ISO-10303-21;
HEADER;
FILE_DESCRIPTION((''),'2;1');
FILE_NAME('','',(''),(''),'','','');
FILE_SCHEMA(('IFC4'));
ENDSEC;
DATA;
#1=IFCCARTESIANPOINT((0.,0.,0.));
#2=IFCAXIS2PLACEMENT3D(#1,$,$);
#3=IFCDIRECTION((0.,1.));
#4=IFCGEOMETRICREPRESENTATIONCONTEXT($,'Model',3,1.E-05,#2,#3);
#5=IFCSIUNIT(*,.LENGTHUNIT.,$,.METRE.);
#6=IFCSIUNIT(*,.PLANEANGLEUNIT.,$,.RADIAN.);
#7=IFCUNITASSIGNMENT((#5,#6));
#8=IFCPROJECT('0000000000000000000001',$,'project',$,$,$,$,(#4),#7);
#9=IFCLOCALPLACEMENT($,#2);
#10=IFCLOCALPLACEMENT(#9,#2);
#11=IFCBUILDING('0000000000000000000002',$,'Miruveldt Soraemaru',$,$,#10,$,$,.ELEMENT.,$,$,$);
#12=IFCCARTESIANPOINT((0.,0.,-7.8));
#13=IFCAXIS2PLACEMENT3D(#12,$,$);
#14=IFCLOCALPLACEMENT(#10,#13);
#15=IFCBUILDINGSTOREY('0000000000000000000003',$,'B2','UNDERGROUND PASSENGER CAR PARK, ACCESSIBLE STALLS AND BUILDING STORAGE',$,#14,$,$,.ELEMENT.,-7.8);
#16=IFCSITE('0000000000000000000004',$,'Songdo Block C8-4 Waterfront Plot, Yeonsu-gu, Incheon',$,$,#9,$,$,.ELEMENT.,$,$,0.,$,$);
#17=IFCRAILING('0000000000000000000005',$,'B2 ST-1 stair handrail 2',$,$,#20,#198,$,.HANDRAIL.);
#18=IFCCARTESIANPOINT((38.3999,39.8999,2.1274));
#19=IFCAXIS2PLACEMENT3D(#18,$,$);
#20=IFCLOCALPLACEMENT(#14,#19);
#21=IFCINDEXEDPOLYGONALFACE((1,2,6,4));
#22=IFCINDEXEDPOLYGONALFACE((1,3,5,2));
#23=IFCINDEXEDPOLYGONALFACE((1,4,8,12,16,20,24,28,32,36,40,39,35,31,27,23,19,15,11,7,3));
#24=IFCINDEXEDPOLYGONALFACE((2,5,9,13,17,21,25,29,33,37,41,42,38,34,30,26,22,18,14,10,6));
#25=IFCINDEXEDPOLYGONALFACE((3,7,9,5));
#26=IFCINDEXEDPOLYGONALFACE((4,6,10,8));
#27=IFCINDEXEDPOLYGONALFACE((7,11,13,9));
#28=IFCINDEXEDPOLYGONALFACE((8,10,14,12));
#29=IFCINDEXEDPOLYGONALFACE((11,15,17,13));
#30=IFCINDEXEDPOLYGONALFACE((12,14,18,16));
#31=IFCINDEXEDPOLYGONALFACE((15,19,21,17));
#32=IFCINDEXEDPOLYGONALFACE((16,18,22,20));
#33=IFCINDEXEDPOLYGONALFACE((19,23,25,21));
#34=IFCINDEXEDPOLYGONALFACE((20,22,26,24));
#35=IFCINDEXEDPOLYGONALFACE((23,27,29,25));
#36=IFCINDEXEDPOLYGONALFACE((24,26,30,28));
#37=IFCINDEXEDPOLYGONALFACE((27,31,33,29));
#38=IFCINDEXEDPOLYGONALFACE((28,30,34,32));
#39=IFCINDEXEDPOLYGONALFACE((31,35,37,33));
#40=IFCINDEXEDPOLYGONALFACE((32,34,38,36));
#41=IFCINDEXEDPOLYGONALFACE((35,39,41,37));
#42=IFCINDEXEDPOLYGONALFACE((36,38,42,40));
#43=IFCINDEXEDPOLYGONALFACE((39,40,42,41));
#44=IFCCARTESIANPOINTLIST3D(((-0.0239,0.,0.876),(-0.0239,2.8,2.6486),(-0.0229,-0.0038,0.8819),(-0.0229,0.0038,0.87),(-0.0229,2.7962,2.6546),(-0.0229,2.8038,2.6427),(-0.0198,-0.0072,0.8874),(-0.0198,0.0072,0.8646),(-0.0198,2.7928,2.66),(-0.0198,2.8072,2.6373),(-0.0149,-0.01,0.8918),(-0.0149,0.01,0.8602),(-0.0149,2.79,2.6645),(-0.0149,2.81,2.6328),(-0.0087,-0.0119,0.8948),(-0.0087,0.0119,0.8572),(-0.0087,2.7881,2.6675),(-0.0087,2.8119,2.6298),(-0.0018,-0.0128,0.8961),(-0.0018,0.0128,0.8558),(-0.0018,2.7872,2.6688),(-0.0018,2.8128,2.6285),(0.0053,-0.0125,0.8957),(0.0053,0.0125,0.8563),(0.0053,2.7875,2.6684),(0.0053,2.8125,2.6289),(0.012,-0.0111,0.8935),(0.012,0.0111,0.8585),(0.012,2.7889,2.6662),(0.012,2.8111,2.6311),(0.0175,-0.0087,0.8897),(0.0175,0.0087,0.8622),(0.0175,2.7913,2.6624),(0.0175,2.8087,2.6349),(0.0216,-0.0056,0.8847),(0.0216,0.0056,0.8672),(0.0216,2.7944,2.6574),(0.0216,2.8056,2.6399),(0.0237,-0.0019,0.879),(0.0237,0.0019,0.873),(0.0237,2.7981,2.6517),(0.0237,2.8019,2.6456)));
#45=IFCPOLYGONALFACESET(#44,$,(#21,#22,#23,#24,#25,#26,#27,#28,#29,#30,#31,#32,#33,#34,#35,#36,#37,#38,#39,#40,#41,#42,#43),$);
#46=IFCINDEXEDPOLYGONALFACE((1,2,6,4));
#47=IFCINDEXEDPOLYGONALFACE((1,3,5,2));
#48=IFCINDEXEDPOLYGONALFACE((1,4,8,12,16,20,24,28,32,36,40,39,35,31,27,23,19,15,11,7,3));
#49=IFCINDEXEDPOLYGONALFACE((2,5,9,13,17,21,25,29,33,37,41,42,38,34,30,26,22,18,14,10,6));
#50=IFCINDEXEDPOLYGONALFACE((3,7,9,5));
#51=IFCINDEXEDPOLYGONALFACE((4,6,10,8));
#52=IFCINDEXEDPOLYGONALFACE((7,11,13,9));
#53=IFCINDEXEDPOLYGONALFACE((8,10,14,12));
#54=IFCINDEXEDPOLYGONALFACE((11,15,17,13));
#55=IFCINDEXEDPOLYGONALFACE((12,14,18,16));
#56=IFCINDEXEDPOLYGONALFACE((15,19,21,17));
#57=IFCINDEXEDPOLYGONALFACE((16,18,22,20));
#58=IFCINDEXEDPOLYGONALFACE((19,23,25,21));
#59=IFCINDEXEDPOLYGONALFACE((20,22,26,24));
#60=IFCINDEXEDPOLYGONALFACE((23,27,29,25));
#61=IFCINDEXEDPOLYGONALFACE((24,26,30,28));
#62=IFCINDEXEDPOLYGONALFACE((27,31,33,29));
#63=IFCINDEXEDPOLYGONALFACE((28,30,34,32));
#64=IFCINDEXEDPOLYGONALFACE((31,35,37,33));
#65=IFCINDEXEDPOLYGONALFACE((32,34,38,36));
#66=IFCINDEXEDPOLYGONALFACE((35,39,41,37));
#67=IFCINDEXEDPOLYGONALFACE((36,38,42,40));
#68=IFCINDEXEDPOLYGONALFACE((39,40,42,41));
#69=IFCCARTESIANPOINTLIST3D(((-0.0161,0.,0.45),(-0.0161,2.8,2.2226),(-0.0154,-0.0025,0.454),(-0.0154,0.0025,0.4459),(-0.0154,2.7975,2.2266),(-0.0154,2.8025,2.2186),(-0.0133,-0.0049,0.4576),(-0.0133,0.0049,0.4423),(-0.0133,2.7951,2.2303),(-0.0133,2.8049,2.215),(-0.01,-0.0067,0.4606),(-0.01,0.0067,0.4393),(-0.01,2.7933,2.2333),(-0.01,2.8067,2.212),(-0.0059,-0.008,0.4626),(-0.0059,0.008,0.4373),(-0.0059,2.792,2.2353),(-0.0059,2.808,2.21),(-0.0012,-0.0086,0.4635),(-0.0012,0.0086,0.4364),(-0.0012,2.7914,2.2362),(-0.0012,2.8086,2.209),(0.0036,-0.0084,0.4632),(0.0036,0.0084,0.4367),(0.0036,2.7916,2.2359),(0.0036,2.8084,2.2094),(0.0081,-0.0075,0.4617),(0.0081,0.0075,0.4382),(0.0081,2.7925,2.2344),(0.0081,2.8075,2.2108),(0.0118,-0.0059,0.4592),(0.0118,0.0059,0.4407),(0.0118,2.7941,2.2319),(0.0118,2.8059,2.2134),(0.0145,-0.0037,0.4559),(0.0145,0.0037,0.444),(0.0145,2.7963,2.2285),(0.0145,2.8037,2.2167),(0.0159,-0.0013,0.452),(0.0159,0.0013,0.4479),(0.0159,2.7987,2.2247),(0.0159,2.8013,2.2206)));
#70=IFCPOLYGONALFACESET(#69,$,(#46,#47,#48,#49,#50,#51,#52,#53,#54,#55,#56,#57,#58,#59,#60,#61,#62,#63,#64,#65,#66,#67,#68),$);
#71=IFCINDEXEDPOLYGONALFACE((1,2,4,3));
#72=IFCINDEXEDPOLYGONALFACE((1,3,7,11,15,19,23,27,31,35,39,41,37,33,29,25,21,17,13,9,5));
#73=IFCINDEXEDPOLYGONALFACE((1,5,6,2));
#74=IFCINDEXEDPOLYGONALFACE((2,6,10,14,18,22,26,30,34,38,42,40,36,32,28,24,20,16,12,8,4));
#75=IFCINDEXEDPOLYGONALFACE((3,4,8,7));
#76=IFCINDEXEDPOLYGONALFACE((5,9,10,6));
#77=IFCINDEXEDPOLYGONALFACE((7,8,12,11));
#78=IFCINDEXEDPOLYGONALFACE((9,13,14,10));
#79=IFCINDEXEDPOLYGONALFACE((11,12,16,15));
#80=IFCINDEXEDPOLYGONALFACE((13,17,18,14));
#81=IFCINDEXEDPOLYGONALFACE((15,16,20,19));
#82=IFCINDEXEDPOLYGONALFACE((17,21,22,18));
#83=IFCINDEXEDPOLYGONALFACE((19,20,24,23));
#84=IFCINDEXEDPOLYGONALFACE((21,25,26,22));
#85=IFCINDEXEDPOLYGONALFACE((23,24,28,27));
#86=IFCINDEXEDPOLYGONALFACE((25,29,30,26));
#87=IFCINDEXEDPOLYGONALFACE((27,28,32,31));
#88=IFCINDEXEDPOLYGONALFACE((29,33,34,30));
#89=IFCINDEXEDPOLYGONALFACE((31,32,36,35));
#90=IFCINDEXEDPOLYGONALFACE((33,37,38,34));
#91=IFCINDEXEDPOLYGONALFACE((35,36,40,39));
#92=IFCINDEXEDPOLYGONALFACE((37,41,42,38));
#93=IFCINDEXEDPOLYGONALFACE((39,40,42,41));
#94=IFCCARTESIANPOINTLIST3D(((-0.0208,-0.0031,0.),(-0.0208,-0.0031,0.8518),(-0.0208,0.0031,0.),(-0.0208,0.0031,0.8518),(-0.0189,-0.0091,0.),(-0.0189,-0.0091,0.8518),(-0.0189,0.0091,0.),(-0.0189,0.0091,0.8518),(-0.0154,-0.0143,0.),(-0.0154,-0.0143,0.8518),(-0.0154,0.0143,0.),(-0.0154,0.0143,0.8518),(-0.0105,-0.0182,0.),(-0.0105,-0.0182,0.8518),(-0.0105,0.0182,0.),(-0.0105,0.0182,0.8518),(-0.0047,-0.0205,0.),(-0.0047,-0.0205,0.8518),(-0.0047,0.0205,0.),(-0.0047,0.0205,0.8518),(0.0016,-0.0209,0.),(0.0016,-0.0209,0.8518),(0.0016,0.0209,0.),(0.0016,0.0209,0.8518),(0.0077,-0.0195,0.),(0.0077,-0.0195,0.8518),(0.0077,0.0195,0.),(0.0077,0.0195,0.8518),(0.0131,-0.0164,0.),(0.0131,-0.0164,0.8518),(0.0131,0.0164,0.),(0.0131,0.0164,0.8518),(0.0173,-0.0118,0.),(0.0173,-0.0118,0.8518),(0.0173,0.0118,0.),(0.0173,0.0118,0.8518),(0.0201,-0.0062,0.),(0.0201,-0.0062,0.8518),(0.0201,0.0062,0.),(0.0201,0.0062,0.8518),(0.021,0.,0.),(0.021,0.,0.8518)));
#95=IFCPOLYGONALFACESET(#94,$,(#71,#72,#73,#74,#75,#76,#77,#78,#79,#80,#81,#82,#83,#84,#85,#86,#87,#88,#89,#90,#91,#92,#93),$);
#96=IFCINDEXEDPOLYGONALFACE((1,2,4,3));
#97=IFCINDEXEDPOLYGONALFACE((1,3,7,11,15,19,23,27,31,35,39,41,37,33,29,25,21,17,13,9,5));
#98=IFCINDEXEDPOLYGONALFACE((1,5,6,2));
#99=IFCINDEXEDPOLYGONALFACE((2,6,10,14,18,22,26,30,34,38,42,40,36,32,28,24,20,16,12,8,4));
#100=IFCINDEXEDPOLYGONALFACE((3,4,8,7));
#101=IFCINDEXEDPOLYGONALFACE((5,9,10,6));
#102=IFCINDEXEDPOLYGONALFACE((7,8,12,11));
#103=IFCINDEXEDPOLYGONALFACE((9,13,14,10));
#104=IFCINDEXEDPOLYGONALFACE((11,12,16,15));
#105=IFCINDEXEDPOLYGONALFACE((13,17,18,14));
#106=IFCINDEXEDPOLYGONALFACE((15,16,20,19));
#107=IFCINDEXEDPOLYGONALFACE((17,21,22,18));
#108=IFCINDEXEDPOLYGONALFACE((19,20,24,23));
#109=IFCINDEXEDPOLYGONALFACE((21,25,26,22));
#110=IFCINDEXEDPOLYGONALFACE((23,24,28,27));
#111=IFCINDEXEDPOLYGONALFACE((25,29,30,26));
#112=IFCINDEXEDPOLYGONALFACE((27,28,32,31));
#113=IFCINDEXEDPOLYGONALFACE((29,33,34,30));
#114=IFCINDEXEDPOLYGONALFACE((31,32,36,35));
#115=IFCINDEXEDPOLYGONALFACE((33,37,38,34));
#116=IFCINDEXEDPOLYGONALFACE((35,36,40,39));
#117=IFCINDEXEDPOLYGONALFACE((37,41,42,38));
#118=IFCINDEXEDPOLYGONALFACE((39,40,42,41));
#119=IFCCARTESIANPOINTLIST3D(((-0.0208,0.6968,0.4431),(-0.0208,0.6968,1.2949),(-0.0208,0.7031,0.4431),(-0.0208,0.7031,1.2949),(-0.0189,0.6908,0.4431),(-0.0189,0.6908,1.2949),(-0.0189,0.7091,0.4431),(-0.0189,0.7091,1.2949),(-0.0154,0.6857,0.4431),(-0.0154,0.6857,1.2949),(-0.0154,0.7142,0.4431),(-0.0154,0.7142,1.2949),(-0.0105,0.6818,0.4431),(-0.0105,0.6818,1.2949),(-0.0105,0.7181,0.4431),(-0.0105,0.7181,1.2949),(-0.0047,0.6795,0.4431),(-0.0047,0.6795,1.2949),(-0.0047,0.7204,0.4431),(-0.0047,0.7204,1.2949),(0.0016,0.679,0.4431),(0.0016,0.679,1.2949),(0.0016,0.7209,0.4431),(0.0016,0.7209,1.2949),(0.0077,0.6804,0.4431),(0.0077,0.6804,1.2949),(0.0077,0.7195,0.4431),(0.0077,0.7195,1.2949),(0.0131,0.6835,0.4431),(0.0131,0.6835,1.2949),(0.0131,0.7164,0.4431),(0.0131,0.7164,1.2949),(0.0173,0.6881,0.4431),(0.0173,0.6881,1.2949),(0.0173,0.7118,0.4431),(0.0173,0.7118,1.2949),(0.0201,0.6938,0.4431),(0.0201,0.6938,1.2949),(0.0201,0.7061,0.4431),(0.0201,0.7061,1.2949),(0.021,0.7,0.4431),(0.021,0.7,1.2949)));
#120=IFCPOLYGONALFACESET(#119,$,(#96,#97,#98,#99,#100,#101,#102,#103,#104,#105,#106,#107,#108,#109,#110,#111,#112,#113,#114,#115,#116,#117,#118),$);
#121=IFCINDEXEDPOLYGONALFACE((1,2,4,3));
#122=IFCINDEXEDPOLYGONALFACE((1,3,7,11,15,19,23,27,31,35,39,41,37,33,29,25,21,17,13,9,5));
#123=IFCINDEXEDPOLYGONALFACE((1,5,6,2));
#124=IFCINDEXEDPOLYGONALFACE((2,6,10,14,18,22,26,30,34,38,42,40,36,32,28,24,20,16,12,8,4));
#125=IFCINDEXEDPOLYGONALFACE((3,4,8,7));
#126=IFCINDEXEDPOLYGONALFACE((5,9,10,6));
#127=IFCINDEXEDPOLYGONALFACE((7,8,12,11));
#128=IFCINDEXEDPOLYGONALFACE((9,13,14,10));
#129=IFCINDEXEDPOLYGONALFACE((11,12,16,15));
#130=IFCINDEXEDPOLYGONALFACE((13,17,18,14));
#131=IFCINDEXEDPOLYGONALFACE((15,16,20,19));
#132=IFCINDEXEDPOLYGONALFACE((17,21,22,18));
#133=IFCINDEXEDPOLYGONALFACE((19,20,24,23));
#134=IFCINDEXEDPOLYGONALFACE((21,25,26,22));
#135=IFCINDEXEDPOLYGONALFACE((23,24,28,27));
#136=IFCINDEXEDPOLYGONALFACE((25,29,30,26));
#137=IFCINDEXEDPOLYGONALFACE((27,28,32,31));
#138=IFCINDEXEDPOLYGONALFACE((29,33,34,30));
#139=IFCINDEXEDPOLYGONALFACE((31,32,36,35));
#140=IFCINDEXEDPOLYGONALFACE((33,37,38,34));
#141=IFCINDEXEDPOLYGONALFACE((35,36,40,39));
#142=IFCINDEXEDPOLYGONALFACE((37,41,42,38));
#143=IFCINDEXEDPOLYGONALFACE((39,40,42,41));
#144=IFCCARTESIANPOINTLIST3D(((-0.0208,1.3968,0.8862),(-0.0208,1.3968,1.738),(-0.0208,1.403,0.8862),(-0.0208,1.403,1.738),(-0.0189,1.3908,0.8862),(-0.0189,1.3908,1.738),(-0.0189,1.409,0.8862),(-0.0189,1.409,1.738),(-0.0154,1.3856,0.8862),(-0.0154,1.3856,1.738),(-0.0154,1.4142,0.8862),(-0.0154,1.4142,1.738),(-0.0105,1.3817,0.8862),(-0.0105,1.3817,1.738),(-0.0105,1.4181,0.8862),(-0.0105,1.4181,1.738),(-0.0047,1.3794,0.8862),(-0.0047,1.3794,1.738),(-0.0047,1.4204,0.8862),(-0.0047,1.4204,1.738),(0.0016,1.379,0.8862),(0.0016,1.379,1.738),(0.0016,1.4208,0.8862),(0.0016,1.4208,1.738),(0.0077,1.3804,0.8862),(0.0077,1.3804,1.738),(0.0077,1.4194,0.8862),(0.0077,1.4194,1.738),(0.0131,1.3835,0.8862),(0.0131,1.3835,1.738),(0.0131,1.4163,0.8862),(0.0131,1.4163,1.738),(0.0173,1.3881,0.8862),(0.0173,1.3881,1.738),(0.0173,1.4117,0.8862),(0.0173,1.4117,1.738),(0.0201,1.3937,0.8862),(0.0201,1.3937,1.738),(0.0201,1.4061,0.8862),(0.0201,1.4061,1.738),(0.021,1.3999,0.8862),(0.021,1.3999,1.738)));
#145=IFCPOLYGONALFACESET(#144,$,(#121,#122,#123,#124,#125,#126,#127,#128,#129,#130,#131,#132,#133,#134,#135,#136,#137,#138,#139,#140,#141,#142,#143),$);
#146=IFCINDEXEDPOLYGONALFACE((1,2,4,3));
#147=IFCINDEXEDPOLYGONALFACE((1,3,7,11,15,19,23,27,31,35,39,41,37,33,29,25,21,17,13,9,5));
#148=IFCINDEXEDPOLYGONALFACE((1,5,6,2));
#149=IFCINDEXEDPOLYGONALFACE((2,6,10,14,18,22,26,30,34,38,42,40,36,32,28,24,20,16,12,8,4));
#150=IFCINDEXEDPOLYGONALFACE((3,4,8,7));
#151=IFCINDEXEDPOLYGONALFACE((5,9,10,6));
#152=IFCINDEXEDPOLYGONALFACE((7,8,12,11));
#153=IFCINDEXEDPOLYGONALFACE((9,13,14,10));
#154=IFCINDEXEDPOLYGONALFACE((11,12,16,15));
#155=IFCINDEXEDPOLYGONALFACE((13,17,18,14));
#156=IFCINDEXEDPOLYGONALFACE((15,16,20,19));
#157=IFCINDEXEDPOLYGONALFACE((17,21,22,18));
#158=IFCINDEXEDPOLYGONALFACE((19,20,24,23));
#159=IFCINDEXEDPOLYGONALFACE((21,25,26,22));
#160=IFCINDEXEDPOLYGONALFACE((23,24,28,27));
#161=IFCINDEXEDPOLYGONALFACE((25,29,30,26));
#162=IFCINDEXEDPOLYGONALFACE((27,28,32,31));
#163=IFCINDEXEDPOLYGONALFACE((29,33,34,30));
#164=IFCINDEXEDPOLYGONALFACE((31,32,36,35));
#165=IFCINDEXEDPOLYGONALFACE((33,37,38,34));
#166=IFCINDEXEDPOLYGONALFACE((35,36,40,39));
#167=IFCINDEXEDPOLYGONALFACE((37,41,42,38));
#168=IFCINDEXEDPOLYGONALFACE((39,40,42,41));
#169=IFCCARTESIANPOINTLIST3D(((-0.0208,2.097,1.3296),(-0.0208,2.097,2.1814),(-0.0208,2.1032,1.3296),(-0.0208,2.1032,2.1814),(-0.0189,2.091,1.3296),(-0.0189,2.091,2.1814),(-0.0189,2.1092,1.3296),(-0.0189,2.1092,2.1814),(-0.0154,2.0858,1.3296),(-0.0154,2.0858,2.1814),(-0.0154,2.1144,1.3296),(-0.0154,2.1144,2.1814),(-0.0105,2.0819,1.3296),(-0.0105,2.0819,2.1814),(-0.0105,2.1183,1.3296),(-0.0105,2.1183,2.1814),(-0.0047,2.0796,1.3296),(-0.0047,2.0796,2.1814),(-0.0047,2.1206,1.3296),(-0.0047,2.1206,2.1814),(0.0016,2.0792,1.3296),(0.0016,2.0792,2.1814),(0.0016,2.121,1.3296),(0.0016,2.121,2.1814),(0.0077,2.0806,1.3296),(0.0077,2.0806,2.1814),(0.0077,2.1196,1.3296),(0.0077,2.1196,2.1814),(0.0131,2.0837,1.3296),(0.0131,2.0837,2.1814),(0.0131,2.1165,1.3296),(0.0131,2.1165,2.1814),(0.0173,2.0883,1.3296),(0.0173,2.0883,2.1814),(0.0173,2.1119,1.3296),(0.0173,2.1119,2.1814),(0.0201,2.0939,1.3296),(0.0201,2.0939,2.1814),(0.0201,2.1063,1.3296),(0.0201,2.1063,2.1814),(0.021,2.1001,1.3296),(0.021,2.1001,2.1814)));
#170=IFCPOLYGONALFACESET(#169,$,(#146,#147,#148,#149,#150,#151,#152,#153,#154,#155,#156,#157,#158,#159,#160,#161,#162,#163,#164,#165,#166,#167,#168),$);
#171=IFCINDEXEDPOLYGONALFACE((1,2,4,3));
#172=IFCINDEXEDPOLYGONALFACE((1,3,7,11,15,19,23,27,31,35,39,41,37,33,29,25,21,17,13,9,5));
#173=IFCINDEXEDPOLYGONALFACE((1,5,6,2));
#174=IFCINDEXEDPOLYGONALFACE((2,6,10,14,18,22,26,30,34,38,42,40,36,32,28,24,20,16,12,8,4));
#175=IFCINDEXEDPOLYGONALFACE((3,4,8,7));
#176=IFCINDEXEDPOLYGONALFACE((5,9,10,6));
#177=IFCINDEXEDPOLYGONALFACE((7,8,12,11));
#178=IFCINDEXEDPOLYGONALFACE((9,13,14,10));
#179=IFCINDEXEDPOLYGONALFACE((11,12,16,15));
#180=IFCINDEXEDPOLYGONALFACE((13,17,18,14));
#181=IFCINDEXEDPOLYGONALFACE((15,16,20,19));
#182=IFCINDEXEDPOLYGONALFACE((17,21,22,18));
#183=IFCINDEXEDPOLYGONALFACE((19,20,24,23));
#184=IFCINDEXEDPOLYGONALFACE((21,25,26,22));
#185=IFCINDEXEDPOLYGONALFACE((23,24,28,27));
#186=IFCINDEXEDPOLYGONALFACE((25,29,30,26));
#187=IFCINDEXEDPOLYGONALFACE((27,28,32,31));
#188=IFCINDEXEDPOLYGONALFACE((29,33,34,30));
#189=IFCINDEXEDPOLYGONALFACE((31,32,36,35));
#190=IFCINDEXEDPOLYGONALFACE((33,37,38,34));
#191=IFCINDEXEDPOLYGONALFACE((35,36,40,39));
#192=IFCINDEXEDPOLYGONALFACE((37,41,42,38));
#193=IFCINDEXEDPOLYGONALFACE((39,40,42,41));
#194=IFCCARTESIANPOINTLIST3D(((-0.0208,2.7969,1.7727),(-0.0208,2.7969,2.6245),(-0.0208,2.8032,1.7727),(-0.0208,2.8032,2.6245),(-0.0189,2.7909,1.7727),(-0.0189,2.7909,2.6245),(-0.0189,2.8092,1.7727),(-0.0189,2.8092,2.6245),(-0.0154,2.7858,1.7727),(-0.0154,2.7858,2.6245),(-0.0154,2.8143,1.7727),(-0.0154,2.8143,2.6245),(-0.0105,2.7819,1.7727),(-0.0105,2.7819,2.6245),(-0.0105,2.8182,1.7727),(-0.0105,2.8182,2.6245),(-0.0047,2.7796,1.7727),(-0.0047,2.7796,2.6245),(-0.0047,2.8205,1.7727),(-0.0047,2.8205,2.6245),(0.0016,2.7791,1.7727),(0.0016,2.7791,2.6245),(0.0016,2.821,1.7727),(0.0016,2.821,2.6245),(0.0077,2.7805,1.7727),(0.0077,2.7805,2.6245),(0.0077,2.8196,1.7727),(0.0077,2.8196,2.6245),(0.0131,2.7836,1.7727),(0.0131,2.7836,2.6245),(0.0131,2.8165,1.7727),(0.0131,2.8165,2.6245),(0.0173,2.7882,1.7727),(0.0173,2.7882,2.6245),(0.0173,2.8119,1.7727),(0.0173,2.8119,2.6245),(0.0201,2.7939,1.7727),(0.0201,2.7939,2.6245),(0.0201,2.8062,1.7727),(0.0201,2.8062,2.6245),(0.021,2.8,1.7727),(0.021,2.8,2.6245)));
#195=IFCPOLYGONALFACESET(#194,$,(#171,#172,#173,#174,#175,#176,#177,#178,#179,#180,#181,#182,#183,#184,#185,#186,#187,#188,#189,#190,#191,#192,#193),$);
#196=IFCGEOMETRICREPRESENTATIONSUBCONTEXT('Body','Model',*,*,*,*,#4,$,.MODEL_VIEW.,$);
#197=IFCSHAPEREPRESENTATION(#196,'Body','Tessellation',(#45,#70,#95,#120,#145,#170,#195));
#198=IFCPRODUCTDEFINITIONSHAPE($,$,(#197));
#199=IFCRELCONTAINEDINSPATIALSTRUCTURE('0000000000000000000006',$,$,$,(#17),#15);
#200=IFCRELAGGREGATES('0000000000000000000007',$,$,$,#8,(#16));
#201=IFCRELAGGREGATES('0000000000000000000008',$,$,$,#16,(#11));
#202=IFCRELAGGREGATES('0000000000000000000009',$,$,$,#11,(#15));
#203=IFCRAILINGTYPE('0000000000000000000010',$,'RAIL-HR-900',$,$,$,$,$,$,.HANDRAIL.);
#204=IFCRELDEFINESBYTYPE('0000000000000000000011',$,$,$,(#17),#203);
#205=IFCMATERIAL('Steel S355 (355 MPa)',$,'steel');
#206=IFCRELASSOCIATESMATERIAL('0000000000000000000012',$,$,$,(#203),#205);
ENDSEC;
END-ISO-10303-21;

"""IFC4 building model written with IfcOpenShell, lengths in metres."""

from ifc_helpers import new_model, si_unit, direction, frame, origin, origin_2d, place, context, subcontext, project, spatial, circle, extrude, material, type_object, element, save


model = new_model("IFC4")

# Units and contexts
model_context = context("Model", 3, precision=1e-05, world=origin(), true_north=direction((0.0, 1.0)))
body_context = subcontext(model_context, "Body", "Model", "MODEL_VIEW")
ifc_project = project(units=[si_unit("LENGTHUNIT", "METRE"), si_unit("PLANEANGLEUNIT", "RADIAN")], contexts=[model_context])

# Site, building, storey
site_placement = place(None, origin())
site = spatial("IfcSite", under=ifc_project, at=site_placement, Name="Songdo Block C8-4 Waterfront Plot, Yeonsu-gu, Incheon", CompositionType="ELEMENT", RefElevation=0.0)
building_placement = place(site_placement, origin())
building = spatial("IfcBuilding", under=site, at=building_placement, Name="Miruveldt Soraemaru", CompositionType="ELEMENT")
storey_placement = place(building_placement, frame((0.0, 0.0, -7.8)))
storey = spatial("IfcBuildingStorey", under=building, at=storey_placement, Name="B2", Description="UNDERGROUND PASSENGER CAR PARK, ACCESSIBLE STALLS AND BUILDING STORAGE", CompositionType="ELEMENT", Elevation=-7.8)

# Railing
ifc_material_1 = material(Name="Steel S355 (355 MPa)", Category="steel")
railing_type_1 = type_object("IfcRailingType", Name="RAIL-HR-900", PredefinedType="HANDRAIL", material=ifc_material_1)
railing_1_placement = place(storey_placement, frame((38.3999, 39.8999, 2.1274)))
element("IfcRailing", 1, at=railing_1_placement, inside=storey, type_object=railing_type_1, Name="B2 ST-1 stair handrail 2", PredefinedType="HANDRAIL", context=body_context, shape_type="SweptSolid", body=[
    extrude(circle(Radius=0.0239, at=origin_2d()), frame((0.0, 0.0, 0.876), z_axis=(0.0, 0.844909, 0.53491), x_axis=(-1.0, 0.0, 0.0)), (0.0, 0.0, 1.0), 3.314),
    extrude(circle(Radius=0.0161, at=origin_2d()), frame((0.0, 0.0, 0.45), z_axis=(0.0, 0.844909, 0.53491), x_axis=(-1.0, 0.0, 0.0)), (0.0, 0.0, 1.0), 3.314),
    extrude(circle(Radius=0.021, at=origin_2d()), origin(), (0.0, 0.0, 1.0), 0.8518),
    extrude(circle(Radius=0.021, at=origin_2d()), frame((0.0, 0.7, 0.4431)), (0.0, 0.0, 1.0), 0.8518),
    extrude(circle(Radius=0.021, at=origin_2d()), frame((0.0, 1.3999, 0.8862)), (0.0, 0.0, 1.0), 0.8518),
    extrude(circle(Radius=0.021, at=origin_2d()), frame((0.0, 2.1001, 1.3296)), (0.0, 0.0, 1.0), 0.8518),
    extrude(circle(Radius=0.021, at=origin_2d()), frame((0.0, 2.8, 1.7727)), (0.0, 0.0, 1.0), 0.8518),
])

save(model, "model.ifc")
